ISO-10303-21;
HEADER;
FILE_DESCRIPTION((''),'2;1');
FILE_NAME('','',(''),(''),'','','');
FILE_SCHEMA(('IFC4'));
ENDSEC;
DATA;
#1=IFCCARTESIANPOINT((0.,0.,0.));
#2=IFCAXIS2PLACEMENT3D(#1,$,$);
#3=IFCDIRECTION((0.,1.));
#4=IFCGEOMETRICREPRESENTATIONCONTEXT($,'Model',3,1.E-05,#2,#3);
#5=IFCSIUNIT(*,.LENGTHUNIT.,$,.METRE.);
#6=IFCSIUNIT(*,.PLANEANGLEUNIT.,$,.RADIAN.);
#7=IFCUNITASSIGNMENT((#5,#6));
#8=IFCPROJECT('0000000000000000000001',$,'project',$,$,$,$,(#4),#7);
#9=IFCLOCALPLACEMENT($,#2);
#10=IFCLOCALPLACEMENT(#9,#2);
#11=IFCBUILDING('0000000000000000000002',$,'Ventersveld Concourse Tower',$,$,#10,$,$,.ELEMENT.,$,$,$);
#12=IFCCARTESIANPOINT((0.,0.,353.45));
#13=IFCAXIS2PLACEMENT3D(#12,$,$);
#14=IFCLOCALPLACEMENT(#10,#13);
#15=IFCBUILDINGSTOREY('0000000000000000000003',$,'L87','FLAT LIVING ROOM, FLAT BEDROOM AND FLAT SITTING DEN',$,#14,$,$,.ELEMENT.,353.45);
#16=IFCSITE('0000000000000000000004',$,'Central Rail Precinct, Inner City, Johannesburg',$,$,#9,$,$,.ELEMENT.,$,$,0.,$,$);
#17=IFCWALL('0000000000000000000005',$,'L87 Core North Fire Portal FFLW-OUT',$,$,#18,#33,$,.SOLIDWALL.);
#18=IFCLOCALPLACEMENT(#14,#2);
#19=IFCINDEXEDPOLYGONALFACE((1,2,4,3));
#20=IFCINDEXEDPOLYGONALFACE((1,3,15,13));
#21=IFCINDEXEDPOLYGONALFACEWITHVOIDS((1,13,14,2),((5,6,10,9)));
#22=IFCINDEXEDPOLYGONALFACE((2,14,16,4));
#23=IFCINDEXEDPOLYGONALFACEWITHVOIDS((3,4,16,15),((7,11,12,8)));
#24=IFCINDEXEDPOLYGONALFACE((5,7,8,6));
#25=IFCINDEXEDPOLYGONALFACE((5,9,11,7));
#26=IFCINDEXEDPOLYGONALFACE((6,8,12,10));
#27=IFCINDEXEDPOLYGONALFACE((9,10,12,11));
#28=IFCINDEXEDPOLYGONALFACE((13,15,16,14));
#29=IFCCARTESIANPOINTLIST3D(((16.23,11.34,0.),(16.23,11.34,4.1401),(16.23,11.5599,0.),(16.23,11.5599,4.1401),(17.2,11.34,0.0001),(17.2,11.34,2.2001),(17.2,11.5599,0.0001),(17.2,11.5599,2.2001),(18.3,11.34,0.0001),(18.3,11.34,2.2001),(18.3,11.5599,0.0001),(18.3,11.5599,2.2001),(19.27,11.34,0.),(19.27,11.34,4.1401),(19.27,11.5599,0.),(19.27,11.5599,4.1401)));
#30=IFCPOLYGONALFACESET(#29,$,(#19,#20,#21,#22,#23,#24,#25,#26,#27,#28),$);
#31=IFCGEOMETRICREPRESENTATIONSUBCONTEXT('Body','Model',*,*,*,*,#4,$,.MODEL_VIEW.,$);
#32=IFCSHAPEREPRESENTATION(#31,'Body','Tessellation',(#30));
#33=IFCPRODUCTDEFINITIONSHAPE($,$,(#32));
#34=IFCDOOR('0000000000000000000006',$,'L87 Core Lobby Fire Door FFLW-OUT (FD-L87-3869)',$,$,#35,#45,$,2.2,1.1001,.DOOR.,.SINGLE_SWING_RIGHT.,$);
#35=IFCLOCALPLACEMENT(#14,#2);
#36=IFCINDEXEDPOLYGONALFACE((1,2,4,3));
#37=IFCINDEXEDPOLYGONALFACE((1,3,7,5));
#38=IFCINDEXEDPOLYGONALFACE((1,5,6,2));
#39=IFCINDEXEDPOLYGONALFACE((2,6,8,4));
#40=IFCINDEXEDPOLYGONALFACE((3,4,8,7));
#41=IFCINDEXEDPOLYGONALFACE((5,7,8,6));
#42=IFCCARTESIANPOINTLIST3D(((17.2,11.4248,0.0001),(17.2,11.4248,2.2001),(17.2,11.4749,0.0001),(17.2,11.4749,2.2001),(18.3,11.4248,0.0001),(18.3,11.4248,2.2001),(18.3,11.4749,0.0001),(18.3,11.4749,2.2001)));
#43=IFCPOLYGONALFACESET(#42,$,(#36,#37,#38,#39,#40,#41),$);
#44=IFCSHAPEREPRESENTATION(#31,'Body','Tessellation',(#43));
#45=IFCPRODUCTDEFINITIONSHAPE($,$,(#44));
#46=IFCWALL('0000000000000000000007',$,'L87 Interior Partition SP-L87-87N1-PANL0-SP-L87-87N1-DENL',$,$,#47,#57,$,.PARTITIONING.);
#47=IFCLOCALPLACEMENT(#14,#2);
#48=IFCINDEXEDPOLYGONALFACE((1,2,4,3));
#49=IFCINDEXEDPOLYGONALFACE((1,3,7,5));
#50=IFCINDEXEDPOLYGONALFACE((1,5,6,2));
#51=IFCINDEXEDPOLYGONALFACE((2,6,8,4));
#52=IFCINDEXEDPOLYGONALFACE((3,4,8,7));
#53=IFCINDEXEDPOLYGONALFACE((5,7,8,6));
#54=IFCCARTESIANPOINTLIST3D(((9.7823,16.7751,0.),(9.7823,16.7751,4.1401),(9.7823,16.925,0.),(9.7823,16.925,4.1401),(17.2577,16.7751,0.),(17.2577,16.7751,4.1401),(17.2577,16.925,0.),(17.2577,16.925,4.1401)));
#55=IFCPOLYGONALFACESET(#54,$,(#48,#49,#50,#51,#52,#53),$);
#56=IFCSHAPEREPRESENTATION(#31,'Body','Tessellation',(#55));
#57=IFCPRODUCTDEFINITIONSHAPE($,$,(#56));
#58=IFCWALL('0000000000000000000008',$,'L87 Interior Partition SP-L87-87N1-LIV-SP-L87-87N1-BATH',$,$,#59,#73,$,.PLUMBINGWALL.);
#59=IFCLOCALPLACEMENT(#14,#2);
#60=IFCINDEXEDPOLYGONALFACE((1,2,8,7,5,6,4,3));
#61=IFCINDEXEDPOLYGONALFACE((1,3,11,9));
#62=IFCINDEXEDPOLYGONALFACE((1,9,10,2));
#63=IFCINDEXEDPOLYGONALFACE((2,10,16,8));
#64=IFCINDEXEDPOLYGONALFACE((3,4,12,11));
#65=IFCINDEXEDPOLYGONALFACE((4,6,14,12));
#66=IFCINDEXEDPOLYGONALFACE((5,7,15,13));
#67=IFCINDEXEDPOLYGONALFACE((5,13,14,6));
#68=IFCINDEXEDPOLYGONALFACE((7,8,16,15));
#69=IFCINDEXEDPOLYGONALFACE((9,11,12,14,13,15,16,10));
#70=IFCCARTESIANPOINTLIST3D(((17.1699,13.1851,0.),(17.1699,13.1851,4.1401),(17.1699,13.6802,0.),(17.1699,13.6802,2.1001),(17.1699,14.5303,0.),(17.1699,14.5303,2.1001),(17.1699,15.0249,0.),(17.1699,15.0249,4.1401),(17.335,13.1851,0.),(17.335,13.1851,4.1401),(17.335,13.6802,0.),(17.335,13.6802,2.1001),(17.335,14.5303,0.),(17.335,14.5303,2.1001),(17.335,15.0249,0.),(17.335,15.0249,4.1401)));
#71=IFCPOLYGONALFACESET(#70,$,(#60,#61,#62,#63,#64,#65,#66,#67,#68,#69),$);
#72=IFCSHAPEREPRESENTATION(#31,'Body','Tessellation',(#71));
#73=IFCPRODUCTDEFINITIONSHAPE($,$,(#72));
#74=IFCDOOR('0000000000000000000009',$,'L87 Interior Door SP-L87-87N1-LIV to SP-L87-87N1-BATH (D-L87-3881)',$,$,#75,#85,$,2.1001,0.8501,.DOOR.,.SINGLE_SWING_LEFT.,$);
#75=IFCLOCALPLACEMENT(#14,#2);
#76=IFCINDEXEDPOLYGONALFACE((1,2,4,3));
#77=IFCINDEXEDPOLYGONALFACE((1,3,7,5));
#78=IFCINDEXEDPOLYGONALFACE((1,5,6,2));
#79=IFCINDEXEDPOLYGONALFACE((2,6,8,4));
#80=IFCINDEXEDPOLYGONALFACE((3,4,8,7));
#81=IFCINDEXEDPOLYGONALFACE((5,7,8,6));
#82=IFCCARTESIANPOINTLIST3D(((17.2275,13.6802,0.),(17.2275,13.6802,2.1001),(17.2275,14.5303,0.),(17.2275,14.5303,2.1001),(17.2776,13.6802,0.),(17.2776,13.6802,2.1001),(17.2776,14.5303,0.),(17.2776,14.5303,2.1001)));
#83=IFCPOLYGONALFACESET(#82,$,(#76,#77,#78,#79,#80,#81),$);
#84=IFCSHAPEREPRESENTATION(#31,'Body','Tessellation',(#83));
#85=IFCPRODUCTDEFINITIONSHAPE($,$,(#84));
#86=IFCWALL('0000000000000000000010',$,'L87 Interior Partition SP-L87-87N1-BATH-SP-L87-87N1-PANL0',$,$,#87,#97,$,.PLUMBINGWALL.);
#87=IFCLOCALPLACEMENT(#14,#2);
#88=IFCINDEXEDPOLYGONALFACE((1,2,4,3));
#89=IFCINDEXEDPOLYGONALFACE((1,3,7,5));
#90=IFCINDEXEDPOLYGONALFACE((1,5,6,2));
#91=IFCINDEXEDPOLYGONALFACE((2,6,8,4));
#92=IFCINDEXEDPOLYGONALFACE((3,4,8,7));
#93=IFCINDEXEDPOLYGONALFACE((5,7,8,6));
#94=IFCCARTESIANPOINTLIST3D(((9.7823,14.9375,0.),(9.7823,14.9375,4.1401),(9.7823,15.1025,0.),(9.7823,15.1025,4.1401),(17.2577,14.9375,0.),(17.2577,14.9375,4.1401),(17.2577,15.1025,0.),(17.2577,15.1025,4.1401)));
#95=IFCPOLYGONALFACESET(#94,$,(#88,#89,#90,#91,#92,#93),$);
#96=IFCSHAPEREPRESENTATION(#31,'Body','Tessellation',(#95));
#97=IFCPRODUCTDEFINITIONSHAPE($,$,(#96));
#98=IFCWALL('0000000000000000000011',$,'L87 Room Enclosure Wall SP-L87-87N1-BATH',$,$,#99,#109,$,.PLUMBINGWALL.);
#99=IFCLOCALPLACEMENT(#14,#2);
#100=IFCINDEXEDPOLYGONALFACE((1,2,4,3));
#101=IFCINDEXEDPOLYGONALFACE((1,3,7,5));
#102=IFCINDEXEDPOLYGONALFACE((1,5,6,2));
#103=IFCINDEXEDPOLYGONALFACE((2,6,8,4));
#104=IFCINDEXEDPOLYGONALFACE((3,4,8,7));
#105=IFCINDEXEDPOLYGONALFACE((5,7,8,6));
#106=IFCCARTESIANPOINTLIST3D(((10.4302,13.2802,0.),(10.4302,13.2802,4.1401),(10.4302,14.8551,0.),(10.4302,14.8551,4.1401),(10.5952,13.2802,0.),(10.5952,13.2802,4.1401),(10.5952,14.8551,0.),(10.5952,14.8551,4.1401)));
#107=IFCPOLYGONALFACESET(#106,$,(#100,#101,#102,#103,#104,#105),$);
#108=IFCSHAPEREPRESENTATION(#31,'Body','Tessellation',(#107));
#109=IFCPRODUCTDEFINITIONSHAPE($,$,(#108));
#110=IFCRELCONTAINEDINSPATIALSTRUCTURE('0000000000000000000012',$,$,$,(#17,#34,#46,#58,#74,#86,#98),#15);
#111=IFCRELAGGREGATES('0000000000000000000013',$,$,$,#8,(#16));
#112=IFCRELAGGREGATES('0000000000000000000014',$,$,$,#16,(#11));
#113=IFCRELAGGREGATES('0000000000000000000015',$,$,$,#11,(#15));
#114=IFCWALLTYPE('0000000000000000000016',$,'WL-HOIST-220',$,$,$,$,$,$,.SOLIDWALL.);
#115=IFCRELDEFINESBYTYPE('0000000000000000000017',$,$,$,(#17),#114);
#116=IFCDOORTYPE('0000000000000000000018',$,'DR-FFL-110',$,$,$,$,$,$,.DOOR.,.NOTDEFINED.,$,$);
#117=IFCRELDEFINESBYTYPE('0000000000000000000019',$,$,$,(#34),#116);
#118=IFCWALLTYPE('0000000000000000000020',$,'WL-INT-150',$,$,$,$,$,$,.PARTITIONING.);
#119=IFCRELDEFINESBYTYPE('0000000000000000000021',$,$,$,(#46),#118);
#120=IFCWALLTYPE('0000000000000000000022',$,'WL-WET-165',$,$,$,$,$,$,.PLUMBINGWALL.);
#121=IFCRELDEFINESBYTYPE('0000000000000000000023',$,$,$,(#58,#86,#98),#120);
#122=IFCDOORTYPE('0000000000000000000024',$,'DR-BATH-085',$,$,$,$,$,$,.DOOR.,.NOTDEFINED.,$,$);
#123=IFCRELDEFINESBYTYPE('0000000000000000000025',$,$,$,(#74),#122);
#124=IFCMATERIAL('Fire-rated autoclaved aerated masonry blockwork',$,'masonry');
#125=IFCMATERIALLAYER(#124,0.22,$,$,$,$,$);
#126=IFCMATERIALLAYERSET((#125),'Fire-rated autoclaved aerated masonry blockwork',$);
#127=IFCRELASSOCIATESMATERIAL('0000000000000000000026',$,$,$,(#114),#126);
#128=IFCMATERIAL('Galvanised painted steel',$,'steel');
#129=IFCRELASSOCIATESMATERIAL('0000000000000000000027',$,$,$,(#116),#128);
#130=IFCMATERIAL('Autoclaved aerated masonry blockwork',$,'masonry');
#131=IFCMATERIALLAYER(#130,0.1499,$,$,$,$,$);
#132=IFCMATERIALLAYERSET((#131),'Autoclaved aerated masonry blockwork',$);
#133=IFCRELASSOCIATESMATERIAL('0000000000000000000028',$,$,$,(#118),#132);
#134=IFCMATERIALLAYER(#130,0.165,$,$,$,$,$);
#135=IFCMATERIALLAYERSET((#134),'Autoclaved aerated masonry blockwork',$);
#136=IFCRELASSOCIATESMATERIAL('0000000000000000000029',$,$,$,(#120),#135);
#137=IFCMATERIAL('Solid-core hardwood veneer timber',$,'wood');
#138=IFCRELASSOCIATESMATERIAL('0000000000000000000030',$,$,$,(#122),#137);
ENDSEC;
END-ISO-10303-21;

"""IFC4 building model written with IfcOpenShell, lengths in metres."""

from ifc_helpers import new_model, si_unit, direction, frame, frame_2d, origin, place, context, subcontext, project, spatial, rectangle, extrude, material, layer, layer_set, type_object, element, fill, save


model = new_model("IFC4")

# Units and contexts
model_context = context("Model", 3, precision=1e-05, world=origin(), true_north=direction((0.0, 1.0)))
body_context = subcontext(model_context, "Body", "Model", "MODEL_VIEW")
ifc_project = project(units=[si_unit("LENGTHUNIT", "METRE"), si_unit("PLANEANGLEUNIT", "RADIAN")], contexts=[model_context])

# Site, building, storey
site_placement = place(None, origin())
site = spatial("IfcSite", under=ifc_project, at=site_placement, Name="Central Rail Precinct, Inner City, Johannesburg", CompositionType="ELEMENT", RefElevation=0.0)
building_placement = place(site_placement, origin())
building = spatial("IfcBuilding", under=site, at=building_placement, Name="Ventersveld Concourse Tower", CompositionType="ELEMENT")
storey_placement = place(building_placement, frame((0.0, 0.0, 353.45)))
storey = spatial("IfcBuildingStorey", under=building, at=storey_placement, Name="L87", Description="FLAT LIVING ROOM, FLAT BEDROOM AND FLAT SITTING DEN", CompositionType="ELEMENT", Elevation=353.45)

# Shared definitions
ifc_material_1 = material(Name="Fire-rated autoclaved aerated masonry blockwork", Category="masonry")
ifc_material_2 = material(Name="Solid-core hardwood veneer timber", Category="wood")

# Wall, opening, door
ifc_layer_1 = layer(ifc_material_1, 0.22)
ifc_layer_set_1 = layer_set([ifc_layer_1], Name="Fire-rated autoclaved aerated masonry blockwork")
wall_type_1 = type_object("IfcWallType", Name="WL-HOIST-220", PredefinedType="SOLIDWALL", material=ifc_layer_set_1)
ifc_material_3 = material(Name="Galvanised painted steel", Category="steel")
wall_1_placement = place(storey_placement, frame((16.23, 11.45, 0.0), z_axis=(0.0, 0.0, 1.0), x_axis=(1.0, 0.0, 0.0)))
wall_1 = element("IfcWall", 1, at=wall_1_placement, inside=storey, type_object=wall_type_1, Name="L87 Core North Fire Portal FFLW-OUT", PredefinedType="SOLIDWALL", context=body_context, shape_type="SweptSolid", body=[
    extrude(rectangle(XDim=3.04, YDim=0.22, at=frame_2d((1.52, 0.0))), origin(), (0.0, 0.0, 1.0), 4.1401),
])
opening_1_placement = place(wall_1_placement, frame((0.97, 0.0, 0.0)))
opening_1 = element("IfcOpeningElement", 2, at=opening_1_placement, cuts=wall_1, PredefinedType="OPENING", context=body_context, shape_type="SweptSolid", body=[
    extrude(rectangle(XDim=1.1001, YDim=2.2, at=frame_2d((0.55, 1.1001))), frame((0.0, 0.1201, 0.0), z_axis=(0.0, -1.0, 0.0), x_axis=(1.0, 0.0, 0.0)), (0.0, 0.0, 1.0), 0.24),
])
door_type_1 = type_object("IfcDoorType", Name="DR-FFL-110", OperationType="NOTDEFINED", PredefinedType="DOOR", material=ifc_material_3)
door_1_placement = place(opening_1_placement, origin())
door_1 = element("IfcDoor", 3, at=door_1_placement, inside=storey, type_object=door_type_1, Name="L87 Core Lobby Fire Door FFLW-OUT (FD-L87-3869)", OperationType="SINGLE_SWING_RIGHT", OverallHeight=2.2, OverallWidth=1.1001, PredefinedType="DOOR", context=body_context, shape_type="SweptSolid", body=[
    extrude(rectangle(XDim=1.1001, YDim=2.2, at=frame_2d((0.55, 1.1001))), frame((0.0, 0.0249, 0.0), z_axis=(0.0, -1.0, 0.0), x_axis=(1.0, 0.0, 0.0)), (0.0, 0.0, 1.0), 0.05),
])
fill(opening_1, door_1)

# Wall
ifc_material_4 = material(Name="Autoclaved aerated masonry blockwork", Category="masonry")
ifc_layer_2 = layer(ifc_material_4, 0.1499)
ifc_layer_set_2 = layer_set([ifc_layer_2], Name="Autoclaved aerated masonry blockwork")
wall_type_2 = type_object("IfcWallType", Name="WL-INT-150", PredefinedType="PARTITIONING", material=ifc_layer_set_2)
wall_2_placement = place(storey_placement, frame((9.7822, 16.8501, 0.0), z_axis=(0.0, 0.0, 1.0), x_axis=(1.0, 0.0, 0.0)))
element("IfcWall", 4, at=wall_2_placement, inside=storey, type_object=wall_type_2, Name="L87 Interior Partition SP-L87-87N1-PANL0-SP-L87-87N1-DENL", PredefinedType="PARTITIONING", context=body_context, shape_type="SweptSolid", body=[
    extrude(rectangle(XDim=7.4753, YDim=0.1499, at=frame_2d((3.7378, 0.0))), origin(), (0.0, 0.0, 1.0), 4.1401),
])

# Wall, opening, door
ifc_layer_3 = layer(ifc_material_4, 0.165)
ifc_layer_set_3 = layer_set([ifc_layer_3], Name="Autoclaved aerated masonry blockwork")
wall_type_3 = type_object("IfcWallType", Name="WL-WET-165", PredefinedType="PLUMBINGWALL", material=ifc_layer_set_3)
wall_3_placement = place(storey_placement, frame((17.2524, 13.1851, 0.0), z_axis=(0.0, 0.0, 1.0), x_axis=(0.0, 1.0, 0.0)))
wall_3 = element("IfcWall", 5, at=wall_3_placement, inside=storey, type_object=wall_type_3, Name="L87 Interior Partition SP-L87-87N1-LIV-SP-L87-87N1-BATH", PredefinedType="PLUMBINGWALL", context=body_context, shape_type="SweptSolid", body=[
    extrude(rectangle(XDim=1.8398, YDim=0.165, at=frame_2d((0.9199, 0.0))), origin(), (0.0, 0.0, 1.0), 4.1401),
])
opening_2_placement = place(wall_3_placement, frame((0.4951, 0.0, 0.0)))
opening_2 = element("IfcOpeningElement", 6, at=opening_2_placement, cuts=wall_3, PredefinedType="OPENING", context=body_context, shape_type="SweptSolid", body=[
    extrude(rectangle(XDim=0.8501, YDim=2.1001, at=frame_2d((0.425, 1.05))), frame((0.0, 0.0925, 0.0), z_axis=(0.0, -1.0, 0.0), x_axis=(1.0, 0.0, 0.0)), (0.0, 0.0, 1.0), 0.1851),
])
door_type_2 = type_object("IfcDoorType", Name="DR-BATH-085", OperationType="NOTDEFINED", PredefinedType="DOOR", material=ifc_material_2)
door_2_placement = place(opening_2_placement, origin())
door_2 = element("IfcDoor", 7, at=door_2_placement, inside=storey, type_object=door_type_2, Name="L87 Interior Door SP-L87-87N1-LIV to SP-L87-87N1-BATH (D-L87-3881)", OperationType="SINGLE_SWING_LEFT", OverallHeight=2.1001, OverallWidth=0.8501, PredefinedType="DOOR", context=body_context, shape_type="SweptSolid", body=[
    extrude(rectangle(XDim=0.8501, YDim=2.1001, at=frame_2d((0.425, 1.05))), frame((0.0, 0.0249, 0.0), z_axis=(0.0, -1.0, 0.0), x_axis=(1.0, 0.0, 0.0)), (0.0, 0.0, 1.0), 0.05),
])
fill(opening_2, door_2)

# Walls
wall_4_placement = place(storey_placement, frame((9.7822, 15.02, 0.0), z_axis=(0.0, 0.0, 1.0), x_axis=(1.0, 0.0, 0.0)))
element("IfcWall", 8, at=wall_4_placement, inside=storey, type_object=wall_type_3, Name="L87 Interior Partition SP-L87-87N1-BATH-SP-L87-87N1-PANL0", PredefinedType="PLUMBINGWALL", context=body_context, shape_type="SweptSolid", body=[
    extrude(rectangle(XDim=7.4753, YDim=0.165, at=frame_2d((3.7378, 0.0))), origin(), (0.0, 0.0, 1.0), 4.1401),
])
wall_5_placement = place(storey_placement, frame((10.5127, 13.28, 0.0), z_axis=(0.0, 0.0, 1.0), x_axis=(0.0, 1.0, 0.0)))
element("IfcWall", 9, at=wall_5_placement, inside=storey, type_object=wall_type_3, Name="L87 Room Enclosure Wall SP-L87-87N1-BATH", PredefinedType="PLUMBINGWALL", context=body_context, shape_type="SweptSolid", body=[
    extrude(rectangle(XDim=1.575, YDim=0.165, at=frame_2d((0.7876, 0.0))), origin(), (0.0, 0.0, 1.0), 4.1401),
])

save(model, "model.ifc")
